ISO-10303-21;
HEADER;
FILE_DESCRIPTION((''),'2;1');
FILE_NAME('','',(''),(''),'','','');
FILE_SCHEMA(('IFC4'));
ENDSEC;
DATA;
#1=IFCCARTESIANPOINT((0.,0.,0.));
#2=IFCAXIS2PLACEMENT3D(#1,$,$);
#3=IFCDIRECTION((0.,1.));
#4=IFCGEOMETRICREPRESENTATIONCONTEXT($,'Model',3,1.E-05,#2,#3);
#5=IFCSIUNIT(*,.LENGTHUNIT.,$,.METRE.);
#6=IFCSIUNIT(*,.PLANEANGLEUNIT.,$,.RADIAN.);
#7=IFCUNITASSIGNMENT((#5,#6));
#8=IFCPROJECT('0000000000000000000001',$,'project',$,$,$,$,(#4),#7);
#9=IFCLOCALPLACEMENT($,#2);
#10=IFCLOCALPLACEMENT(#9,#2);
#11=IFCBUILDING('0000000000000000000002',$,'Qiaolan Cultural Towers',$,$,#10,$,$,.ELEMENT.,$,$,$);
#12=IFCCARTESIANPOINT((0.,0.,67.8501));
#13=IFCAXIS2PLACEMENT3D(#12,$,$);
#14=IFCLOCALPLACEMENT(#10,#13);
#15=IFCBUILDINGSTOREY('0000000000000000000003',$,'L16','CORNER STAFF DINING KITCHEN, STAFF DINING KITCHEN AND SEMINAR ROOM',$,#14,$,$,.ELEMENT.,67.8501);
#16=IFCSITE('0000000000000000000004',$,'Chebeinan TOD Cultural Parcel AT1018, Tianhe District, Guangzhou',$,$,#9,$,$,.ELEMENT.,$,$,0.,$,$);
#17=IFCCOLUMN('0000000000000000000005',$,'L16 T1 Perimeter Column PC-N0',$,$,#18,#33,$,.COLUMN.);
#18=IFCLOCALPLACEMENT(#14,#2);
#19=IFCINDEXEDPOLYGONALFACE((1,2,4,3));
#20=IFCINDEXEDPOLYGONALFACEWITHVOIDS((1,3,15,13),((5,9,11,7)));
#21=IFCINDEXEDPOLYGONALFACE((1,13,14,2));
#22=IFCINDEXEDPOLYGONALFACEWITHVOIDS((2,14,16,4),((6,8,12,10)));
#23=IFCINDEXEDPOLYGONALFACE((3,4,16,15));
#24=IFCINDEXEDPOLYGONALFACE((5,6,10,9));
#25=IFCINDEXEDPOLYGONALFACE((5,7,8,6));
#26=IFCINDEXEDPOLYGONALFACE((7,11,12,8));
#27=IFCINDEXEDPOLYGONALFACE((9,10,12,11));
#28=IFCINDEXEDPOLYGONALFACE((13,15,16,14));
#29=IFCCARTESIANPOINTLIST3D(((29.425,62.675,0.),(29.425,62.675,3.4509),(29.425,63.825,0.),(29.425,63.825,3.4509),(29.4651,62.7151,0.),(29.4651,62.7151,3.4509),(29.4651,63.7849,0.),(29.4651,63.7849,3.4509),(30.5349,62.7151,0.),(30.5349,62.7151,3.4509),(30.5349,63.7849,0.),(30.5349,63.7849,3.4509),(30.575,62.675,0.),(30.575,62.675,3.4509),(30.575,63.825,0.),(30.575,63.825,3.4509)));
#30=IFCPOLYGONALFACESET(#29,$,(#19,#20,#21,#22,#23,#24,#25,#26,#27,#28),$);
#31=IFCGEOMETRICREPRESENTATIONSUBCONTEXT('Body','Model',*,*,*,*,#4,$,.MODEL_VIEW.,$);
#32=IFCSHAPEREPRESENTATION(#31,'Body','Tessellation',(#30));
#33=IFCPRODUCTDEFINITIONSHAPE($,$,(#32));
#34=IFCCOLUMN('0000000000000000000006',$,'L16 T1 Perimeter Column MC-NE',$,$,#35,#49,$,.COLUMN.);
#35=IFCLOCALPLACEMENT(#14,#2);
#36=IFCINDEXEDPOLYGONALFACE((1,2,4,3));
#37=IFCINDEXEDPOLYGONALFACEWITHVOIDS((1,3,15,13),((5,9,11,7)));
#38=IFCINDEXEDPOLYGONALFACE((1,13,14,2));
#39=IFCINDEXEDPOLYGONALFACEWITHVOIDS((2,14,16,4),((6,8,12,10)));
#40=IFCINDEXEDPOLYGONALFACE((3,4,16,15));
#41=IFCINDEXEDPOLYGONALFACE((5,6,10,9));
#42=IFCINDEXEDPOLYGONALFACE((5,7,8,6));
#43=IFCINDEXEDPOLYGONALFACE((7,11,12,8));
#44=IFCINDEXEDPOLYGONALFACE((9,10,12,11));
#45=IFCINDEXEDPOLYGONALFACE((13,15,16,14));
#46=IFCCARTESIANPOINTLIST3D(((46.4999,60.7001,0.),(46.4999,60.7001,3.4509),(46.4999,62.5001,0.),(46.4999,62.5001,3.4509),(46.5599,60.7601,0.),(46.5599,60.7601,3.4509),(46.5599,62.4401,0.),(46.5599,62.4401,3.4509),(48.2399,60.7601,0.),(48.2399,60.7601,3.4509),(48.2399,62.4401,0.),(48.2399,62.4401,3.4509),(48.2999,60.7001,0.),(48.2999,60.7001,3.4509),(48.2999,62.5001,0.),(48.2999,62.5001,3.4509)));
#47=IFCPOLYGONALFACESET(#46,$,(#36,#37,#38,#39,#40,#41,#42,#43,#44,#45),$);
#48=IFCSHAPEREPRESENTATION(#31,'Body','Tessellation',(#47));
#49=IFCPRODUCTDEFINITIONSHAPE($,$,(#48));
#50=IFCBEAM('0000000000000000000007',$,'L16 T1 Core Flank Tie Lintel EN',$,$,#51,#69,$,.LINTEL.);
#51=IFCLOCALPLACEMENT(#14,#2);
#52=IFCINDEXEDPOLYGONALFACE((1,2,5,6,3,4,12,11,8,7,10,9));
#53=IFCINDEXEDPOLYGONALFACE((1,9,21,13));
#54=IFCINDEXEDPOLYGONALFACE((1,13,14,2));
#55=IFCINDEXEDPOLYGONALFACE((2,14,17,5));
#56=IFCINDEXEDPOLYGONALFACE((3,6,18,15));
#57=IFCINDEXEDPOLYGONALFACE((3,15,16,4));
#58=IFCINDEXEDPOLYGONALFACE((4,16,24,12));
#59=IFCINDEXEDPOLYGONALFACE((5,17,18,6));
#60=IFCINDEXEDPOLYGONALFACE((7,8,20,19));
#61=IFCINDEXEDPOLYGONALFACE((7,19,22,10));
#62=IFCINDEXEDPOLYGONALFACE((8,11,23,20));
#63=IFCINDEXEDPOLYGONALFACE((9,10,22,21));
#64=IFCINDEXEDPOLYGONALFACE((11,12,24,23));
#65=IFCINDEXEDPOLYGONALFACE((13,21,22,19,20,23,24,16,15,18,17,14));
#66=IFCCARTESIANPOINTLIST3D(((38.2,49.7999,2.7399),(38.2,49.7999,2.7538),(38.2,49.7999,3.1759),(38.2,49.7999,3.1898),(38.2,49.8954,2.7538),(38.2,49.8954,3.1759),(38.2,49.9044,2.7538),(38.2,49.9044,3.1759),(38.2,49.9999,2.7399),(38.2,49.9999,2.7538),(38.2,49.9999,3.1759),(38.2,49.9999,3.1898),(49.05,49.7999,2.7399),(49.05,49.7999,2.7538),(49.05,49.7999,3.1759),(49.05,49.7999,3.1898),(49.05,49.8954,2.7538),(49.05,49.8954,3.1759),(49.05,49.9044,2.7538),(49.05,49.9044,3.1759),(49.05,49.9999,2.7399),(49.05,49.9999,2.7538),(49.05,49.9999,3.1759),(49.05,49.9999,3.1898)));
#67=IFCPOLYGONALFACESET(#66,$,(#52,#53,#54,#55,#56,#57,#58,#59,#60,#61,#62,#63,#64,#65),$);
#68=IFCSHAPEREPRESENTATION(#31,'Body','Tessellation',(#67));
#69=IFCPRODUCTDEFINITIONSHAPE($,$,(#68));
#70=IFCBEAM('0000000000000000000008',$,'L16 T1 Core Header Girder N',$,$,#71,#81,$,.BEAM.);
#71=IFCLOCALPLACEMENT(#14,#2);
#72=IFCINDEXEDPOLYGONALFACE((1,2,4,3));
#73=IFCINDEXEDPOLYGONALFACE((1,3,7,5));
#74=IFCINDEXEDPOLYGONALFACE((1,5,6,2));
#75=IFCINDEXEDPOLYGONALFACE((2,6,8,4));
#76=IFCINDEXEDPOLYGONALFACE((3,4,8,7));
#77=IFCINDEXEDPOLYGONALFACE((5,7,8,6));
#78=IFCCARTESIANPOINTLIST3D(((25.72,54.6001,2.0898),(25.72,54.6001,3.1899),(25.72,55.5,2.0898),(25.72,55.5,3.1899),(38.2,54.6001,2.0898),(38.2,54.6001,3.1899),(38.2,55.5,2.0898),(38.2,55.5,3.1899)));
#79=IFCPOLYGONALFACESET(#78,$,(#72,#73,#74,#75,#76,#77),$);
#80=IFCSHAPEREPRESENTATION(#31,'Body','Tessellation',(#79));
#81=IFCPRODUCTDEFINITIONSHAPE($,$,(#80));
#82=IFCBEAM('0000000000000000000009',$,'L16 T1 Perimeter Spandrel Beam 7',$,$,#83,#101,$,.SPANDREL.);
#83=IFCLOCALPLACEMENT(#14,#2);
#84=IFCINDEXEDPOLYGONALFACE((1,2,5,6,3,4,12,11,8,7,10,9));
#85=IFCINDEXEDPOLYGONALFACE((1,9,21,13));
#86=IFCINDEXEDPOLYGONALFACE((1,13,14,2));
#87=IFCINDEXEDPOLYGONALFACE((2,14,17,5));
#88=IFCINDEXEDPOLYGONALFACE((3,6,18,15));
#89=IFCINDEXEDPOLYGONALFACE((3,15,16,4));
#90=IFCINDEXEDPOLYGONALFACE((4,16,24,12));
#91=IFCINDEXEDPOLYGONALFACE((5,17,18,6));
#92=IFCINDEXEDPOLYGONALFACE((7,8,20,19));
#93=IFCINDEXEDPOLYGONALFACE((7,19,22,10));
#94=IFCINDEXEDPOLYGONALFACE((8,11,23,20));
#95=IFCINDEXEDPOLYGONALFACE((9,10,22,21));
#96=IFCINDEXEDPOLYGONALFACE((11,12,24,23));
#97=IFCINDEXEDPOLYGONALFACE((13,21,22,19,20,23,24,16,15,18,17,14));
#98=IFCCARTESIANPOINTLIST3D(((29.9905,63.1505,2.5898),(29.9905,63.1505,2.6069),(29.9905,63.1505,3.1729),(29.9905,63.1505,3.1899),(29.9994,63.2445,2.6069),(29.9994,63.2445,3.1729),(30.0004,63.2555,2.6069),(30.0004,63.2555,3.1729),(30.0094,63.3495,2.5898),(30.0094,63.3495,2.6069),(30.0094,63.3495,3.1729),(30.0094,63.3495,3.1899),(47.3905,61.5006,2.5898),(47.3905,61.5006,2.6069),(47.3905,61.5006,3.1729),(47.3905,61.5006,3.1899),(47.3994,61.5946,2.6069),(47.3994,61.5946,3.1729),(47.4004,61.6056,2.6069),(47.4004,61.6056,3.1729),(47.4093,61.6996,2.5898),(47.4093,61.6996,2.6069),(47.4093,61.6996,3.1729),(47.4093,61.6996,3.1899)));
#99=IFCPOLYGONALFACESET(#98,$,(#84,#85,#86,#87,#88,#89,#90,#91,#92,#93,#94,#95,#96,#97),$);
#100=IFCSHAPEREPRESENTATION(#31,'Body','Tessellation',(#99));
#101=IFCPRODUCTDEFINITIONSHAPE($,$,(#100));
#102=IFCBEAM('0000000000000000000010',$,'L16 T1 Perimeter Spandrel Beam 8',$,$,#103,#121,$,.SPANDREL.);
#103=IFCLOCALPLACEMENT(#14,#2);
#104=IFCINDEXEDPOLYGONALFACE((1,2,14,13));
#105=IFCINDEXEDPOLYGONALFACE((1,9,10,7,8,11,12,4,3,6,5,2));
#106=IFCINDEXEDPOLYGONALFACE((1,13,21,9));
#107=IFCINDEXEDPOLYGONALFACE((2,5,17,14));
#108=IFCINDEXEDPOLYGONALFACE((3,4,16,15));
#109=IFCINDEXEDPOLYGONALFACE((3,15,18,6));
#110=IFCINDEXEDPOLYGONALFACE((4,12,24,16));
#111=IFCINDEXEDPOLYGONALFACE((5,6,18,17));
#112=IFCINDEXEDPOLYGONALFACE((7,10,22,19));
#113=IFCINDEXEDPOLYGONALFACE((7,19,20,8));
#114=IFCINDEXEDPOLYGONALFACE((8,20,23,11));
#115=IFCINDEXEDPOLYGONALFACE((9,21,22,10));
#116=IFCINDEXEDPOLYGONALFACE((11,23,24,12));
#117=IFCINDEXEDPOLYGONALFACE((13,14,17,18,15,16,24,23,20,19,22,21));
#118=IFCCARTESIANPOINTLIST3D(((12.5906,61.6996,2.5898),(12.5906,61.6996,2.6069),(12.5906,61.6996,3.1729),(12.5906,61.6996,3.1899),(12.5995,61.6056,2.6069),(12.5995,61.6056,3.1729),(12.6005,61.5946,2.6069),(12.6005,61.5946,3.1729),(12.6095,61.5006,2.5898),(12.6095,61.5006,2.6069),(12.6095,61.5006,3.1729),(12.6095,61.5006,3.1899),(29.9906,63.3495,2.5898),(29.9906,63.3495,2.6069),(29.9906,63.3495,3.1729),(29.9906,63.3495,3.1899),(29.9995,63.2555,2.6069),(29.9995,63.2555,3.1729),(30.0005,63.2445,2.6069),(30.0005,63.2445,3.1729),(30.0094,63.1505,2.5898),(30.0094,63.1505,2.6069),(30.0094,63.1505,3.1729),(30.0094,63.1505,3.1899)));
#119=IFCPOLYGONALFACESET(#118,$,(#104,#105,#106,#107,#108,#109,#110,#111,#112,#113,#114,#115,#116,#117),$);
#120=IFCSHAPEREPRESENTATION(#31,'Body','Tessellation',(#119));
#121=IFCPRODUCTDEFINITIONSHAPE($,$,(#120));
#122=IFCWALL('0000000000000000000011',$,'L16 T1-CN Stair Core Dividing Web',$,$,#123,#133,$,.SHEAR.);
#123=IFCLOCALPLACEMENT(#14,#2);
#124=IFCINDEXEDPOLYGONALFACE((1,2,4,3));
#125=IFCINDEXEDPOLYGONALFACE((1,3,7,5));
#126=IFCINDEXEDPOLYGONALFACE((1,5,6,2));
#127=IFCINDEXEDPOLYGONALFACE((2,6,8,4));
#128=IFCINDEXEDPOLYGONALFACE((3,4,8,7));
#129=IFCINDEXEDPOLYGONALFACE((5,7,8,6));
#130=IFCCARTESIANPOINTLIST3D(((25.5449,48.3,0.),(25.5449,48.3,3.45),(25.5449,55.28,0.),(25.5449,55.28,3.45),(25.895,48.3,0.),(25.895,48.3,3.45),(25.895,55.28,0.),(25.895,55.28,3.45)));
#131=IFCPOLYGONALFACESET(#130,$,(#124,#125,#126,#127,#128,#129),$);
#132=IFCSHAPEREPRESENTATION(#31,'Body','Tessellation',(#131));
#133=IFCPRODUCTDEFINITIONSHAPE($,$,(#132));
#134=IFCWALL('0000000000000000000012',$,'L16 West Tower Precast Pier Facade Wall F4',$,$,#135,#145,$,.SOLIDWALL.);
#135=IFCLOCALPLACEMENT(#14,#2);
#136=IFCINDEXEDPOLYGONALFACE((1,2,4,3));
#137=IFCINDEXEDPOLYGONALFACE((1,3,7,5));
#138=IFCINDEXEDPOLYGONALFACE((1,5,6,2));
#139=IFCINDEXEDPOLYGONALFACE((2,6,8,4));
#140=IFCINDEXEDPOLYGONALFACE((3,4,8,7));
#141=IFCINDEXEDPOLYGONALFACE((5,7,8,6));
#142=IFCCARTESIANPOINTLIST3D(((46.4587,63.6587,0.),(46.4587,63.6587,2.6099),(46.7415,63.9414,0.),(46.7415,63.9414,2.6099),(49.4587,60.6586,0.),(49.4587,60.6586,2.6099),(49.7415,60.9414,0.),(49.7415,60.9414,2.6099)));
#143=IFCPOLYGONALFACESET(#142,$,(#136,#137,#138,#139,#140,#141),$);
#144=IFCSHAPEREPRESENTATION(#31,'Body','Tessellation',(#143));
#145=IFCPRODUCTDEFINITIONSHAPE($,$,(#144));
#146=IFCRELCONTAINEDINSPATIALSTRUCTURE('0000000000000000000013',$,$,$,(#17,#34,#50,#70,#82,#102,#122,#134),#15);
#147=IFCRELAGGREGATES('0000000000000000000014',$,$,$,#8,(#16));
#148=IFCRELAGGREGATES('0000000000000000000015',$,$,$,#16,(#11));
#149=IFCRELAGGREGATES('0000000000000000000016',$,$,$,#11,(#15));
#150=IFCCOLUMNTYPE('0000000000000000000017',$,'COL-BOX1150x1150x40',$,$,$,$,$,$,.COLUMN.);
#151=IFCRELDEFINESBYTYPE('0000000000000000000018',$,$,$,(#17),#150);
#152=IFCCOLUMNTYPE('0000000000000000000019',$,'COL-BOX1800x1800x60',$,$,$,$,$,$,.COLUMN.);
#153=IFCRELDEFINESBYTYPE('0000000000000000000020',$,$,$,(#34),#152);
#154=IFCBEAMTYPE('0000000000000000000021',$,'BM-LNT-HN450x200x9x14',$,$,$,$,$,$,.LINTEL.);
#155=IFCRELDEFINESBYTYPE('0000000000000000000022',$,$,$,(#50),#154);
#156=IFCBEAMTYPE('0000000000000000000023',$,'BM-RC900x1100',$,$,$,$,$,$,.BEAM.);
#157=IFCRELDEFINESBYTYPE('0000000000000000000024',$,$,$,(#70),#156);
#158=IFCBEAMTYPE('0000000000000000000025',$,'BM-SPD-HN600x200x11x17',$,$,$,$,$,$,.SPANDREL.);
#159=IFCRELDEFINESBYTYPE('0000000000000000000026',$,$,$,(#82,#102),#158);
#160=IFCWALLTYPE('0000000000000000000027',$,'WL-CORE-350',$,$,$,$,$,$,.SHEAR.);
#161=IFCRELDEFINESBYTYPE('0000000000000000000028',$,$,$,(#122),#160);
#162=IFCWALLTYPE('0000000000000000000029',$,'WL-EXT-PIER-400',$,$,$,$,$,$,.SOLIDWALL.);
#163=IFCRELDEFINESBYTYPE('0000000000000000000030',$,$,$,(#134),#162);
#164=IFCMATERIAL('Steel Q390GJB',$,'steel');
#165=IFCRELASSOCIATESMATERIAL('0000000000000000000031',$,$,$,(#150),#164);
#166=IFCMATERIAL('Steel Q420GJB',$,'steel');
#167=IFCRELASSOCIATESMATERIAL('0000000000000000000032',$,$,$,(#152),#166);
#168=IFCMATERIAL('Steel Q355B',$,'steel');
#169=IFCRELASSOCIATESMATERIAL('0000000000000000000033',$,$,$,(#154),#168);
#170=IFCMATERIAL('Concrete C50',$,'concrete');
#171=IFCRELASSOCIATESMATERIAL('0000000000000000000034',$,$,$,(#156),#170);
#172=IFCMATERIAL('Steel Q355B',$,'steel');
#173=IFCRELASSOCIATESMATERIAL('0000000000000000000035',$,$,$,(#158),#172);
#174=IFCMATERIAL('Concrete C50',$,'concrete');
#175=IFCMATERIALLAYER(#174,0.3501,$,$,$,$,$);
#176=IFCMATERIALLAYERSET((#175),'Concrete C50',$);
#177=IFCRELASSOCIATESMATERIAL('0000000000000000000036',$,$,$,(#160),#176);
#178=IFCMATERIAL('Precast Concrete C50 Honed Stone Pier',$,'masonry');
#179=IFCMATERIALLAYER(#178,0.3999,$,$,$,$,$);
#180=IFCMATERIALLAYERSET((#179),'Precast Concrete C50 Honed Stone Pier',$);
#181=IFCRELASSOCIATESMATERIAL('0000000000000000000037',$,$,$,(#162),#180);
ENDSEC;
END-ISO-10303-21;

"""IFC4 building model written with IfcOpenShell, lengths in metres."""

from ifc_helpers import new_model, si_unit, direction, frame, frame_2d, origin, origin_2d, place, context, subcontext, project, spatial, rectangle, hollow_rectangle, i_section, extrude, material, layer, layer_set, material_profile, profile_set, type_object, element, save


model = new_model("IFC4")

# Units and contexts
model_context = context("Model", 3, precision=1e-05, world=origin(), true_north=direction((0.0, 1.0)))
body_context = subcontext(model_context, "Body", "Model", "MODEL_VIEW")
ifc_project = project(units=[si_unit("LENGTHUNIT", "METRE"), si_unit("PLANEANGLEUNIT", "RADIAN")], contexts=[model_context])

# Site, building, storey
site_placement = place(None, origin())
site = spatial("IfcSite", under=ifc_project, at=site_placement, Name="Chebeinan TOD Cultural Parcel AT1018, Tianhe District, Guangzhou", CompositionType="ELEMENT", RefElevation=0.0)
building_placement = place(site_placement, origin())
building = spatial("IfcBuilding", under=site, at=building_placement, Name="Qiaolan Cultural Towers", CompositionType="ELEMENT")
storey_placement = place(building_placement, frame((0.0, 0.0, 67.8501)))
storey = spatial("IfcBuildingStorey", under=building, at=storey_placement, Name="L16", Description="CORNER STAFF DINING KITCHEN, STAFF DINING KITCHEN AND SEMINAR ROOM", CompositionType="ELEMENT", Elevation=67.8501)

# Columns
ifc_material_1 = material(Name="Steel Q390GJB", Category="steel")
ifc_material_profile_1 = material_profile(ifc_material_1, hollow_rectangle(XDim=1.1499, YDim=1.1499, WallThickness=0.04, at=origin_2d()), Name="BOX1150x1150x40")
ifc_profile_set_1 = profile_set([ifc_material_profile_1], Name="Steel Q390GJB")
column_type_1 = type_object("IfcColumnType", Name="COL-BOX1150x1150x40", PredefinedType="COLUMN", material=ifc_profile_set_1)
column_1_placement = place(storey_placement, frame((30.0, 63.25, 0.0), z_axis=(0.0, 0.0, 1.0), x_axis=(1.0, 0.0, 0.0)))
element("IfcColumn", 1, at=column_1_placement, inside=storey, type_object=column_type_1, Name="L16 T1 Perimeter Column PC-N0", PredefinedType="COLUMN", context=body_context, shape_type="SweptSolid", body=[
    extrude(hollow_rectangle(XDim=1.1499, YDim=1.1499, WallThickness=0.04, at=origin_2d()), origin(), (0.0, 0.0, 1.0), 3.4509),
])
ifc_material_2 = material(Name="Steel Q420GJB", Category="steel")
ifc_material_profile_2 = material_profile(ifc_material_2, hollow_rectangle(XDim=1.8, YDim=1.8, WallThickness=0.0601, at=origin_2d()), Name="BOX1800x1800x60")
ifc_profile_set_2 = profile_set([ifc_material_profile_2], Name="Steel Q420GJB")
column_type_2 = type_object("IfcColumnType", Name="COL-BOX1800x1800x60", PredefinedType="COLUMN", material=ifc_profile_set_2)
column_2_placement = place(storey_placement, frame((47.3999, 61.6001, 0.0), z_axis=(0.0, 0.0, 1.0), x_axis=(1.0, 0.0, 0.0)))
element("IfcColumn", 2, at=column_2_placement, inside=storey, type_object=column_type_2, Name="L16 T1 Perimeter Column MC-NE", PredefinedType="COLUMN", context=body_context, shape_type="SweptSolid", body=[
    extrude(hollow_rectangle(XDim=1.8, YDim=1.8, WallThickness=0.0601, at=origin_2d()), origin(), (0.0, 0.0, 1.0), 3.4509),
])

# Beams
ifc_material_3 = material(Name="Steel Q355B", Category="steel")
ifc_material_profile_3 = material_profile(ifc_material_3, i_section(OverallWidth=0.2, OverallDepth=0.45, WebThickness=0.009, FlangeThickness=0.0139, at=origin_2d()), Name="HN450x200x9x14")
ifc_profile_set_3 = profile_set([ifc_material_profile_3], Name="Steel Q355B")
beam_type_1 = type_object("IfcBeamType", Name="BM-LNT-HN450x200x9x14", PredefinedType="LINTEL", material=ifc_profile_set_3)
beam_1_placement = place(storey_placement, frame((38.2, 49.8999, 2.9648), z_axis=(1.0, 0.0, 0.0), x_axis=(0.0, 1.0, 0.0)))
element("IfcBeam", 3, at=beam_1_placement, inside=storey, type_object=beam_type_1, Name="L16 T1 Core Flank Tie Lintel EN", PredefinedType="LINTEL", context=body_context, shape_type="SweptSolid", body=[
    extrude(i_section(OverallWidth=0.2, OverallDepth=0.45, WebThickness=0.009, FlangeThickness=0.0139, at=origin_2d()), origin(), (0.0, 0.0, 1.0), 10.8501),
])
ifc_material_4 = material(Name="Concrete C50", Category="concrete")
ifc_material_profile_4 = material_profile(ifc_material_4, rectangle(XDim=0.8999, YDim=1.1001, at=origin_2d()), Name="RC900x1100")
ifc_profile_set_4 = profile_set([ifc_material_profile_4], Name="Concrete C50")
beam_type_2 = type_object("IfcBeamType", Name="BM-RC900x1100", PredefinedType="BEAM", material=ifc_profile_set_4)
beam_2_placement = place(storey_placement, frame((25.72, 55.05, 2.6399), z_axis=(1.0, 0.0, 0.0), x_axis=(0.0, 1.0, 0.0)))
element("IfcBeam", 4, at=beam_2_placement, inside=storey, type_object=beam_type_2, Name="L16 T1 Core Header Girder N", PredefinedType="BEAM", context=body_context, shape_type="SweptSolid", body=[
    extrude(rectangle(XDim=0.8999, YDim=1.1001, at=origin_2d()), origin(), (0.0, 0.0, 1.0), 12.48),
])
ifc_material_5 = material(Name="Steel Q355B", Category="steel")
ifc_material_profile_5 = material_profile(ifc_material_5, i_section(OverallWidth=0.2, OverallDepth=0.6001, WebThickness=0.011, FlangeThickness=0.0171, at=origin_2d()), Name="HN600x200x11x17")
ifc_profile_set_5 = profile_set([ifc_material_profile_5], Name="Steel Q355B")
beam_type_3 = type_object("IfcBeamType", Name="BM-SPD-HN600x200x11x17", PredefinedType="SPANDREL", material=ifc_profile_set_5)
for number, where, z_axis, x_axis, name in (
    (5, (47.3999, 61.6001, 2.8899), (-0.995534, 0.094399, 0.0), (-0.094399, -0.995534, 0.0), "L16 T1 Perimeter Spandrel Beam 7"),
    (6, (30.0, 63.25, 2.8899), (-0.995534, -0.094399, 0.0), (0.094399, -0.995534, 0.0), "L16 T1 Perimeter Spandrel Beam 8"),
):
    element("IfcBeam", number, at=place(storey_placement, frame(where, z_axis=z_axis, x_axis=x_axis)), inside=storey, type_object=beam_type_3, Name=name, PredefinedType="SPANDREL", context=body_context, shape_type="SweptSolid", body=[
        extrude(i_section(OverallWidth=0.2, OverallDepth=0.6001, WebThickness=0.011, FlangeThickness=0.0171, at=origin_2d()), origin(), (0.0, 0.0, 1.0), 17.478),
    ])

# Walls
ifc_material_6 = material(Name="Concrete C50", Category="concrete")
ifc_layer_1 = layer(ifc_material_6, 0.3501)
ifc_layer_set_1 = layer_set([ifc_layer_1], Name="Concrete C50")
wall_type_1 = type_object("IfcWallType", Name="WL-CORE-350", PredefinedType="SHEAR", material=ifc_layer_set_1)
wall_1_placement = place(storey_placement, frame((25.72, 48.3, 0.0), z_axis=(0.0, 0.0, 1.0), x_axis=(0.0, 1.0, 0.0)))
element("IfcWall", 7, at=wall_1_placement, inside=storey, type_object=wall_type_1, Name="L16 T1-CN Stair Core Dividing Web", PredefinedType="SHEAR", context=body_context, shape_type="SweptSolid", body=[
    extrude(rectangle(XDim=6.98, YDim=0.3501, at=frame_2d((3.49, 0.0))), origin(), (0.0, 0.0, 1.0), 3.45),
])
ifc_material_7 = material(Name="Precast Concrete C50 Honed Stone Pier", Category="masonry")
ifc_layer_2 = layer(ifc_material_7, 0.3999)
ifc_layer_set_2 = layer_set([ifc_layer_2], Name="Precast Concrete C50 Honed Stone Pier")
wall_type_2 = type_object("IfcWallType", Name="WL-EXT-PIER-400", PredefinedType="SOLIDWALL", material=ifc_layer_set_2)
wall_2_placement = place(storey_placement, frame((46.6001, 63.8, 0.0), z_axis=(0.0, 0.0, 1.0), x_axis=(0.707107, -0.707107, 0.0)))
element("IfcWall", 8, at=wall_2_placement, inside=storey, type_object=wall_type_2, Name="L16 West Tower Precast Pier Facade Wall F4", PredefinedType="SOLIDWALL", context=body_context, shape_type="SweptSolid", body=[
    extrude(rectangle(XDim=4.2427, YDim=0.3999, at=frame_2d((2.1213, 0.0))), origin(), (0.0, 0.0, 1.0), 2.6099),
])

save(model, "model.ifc")
